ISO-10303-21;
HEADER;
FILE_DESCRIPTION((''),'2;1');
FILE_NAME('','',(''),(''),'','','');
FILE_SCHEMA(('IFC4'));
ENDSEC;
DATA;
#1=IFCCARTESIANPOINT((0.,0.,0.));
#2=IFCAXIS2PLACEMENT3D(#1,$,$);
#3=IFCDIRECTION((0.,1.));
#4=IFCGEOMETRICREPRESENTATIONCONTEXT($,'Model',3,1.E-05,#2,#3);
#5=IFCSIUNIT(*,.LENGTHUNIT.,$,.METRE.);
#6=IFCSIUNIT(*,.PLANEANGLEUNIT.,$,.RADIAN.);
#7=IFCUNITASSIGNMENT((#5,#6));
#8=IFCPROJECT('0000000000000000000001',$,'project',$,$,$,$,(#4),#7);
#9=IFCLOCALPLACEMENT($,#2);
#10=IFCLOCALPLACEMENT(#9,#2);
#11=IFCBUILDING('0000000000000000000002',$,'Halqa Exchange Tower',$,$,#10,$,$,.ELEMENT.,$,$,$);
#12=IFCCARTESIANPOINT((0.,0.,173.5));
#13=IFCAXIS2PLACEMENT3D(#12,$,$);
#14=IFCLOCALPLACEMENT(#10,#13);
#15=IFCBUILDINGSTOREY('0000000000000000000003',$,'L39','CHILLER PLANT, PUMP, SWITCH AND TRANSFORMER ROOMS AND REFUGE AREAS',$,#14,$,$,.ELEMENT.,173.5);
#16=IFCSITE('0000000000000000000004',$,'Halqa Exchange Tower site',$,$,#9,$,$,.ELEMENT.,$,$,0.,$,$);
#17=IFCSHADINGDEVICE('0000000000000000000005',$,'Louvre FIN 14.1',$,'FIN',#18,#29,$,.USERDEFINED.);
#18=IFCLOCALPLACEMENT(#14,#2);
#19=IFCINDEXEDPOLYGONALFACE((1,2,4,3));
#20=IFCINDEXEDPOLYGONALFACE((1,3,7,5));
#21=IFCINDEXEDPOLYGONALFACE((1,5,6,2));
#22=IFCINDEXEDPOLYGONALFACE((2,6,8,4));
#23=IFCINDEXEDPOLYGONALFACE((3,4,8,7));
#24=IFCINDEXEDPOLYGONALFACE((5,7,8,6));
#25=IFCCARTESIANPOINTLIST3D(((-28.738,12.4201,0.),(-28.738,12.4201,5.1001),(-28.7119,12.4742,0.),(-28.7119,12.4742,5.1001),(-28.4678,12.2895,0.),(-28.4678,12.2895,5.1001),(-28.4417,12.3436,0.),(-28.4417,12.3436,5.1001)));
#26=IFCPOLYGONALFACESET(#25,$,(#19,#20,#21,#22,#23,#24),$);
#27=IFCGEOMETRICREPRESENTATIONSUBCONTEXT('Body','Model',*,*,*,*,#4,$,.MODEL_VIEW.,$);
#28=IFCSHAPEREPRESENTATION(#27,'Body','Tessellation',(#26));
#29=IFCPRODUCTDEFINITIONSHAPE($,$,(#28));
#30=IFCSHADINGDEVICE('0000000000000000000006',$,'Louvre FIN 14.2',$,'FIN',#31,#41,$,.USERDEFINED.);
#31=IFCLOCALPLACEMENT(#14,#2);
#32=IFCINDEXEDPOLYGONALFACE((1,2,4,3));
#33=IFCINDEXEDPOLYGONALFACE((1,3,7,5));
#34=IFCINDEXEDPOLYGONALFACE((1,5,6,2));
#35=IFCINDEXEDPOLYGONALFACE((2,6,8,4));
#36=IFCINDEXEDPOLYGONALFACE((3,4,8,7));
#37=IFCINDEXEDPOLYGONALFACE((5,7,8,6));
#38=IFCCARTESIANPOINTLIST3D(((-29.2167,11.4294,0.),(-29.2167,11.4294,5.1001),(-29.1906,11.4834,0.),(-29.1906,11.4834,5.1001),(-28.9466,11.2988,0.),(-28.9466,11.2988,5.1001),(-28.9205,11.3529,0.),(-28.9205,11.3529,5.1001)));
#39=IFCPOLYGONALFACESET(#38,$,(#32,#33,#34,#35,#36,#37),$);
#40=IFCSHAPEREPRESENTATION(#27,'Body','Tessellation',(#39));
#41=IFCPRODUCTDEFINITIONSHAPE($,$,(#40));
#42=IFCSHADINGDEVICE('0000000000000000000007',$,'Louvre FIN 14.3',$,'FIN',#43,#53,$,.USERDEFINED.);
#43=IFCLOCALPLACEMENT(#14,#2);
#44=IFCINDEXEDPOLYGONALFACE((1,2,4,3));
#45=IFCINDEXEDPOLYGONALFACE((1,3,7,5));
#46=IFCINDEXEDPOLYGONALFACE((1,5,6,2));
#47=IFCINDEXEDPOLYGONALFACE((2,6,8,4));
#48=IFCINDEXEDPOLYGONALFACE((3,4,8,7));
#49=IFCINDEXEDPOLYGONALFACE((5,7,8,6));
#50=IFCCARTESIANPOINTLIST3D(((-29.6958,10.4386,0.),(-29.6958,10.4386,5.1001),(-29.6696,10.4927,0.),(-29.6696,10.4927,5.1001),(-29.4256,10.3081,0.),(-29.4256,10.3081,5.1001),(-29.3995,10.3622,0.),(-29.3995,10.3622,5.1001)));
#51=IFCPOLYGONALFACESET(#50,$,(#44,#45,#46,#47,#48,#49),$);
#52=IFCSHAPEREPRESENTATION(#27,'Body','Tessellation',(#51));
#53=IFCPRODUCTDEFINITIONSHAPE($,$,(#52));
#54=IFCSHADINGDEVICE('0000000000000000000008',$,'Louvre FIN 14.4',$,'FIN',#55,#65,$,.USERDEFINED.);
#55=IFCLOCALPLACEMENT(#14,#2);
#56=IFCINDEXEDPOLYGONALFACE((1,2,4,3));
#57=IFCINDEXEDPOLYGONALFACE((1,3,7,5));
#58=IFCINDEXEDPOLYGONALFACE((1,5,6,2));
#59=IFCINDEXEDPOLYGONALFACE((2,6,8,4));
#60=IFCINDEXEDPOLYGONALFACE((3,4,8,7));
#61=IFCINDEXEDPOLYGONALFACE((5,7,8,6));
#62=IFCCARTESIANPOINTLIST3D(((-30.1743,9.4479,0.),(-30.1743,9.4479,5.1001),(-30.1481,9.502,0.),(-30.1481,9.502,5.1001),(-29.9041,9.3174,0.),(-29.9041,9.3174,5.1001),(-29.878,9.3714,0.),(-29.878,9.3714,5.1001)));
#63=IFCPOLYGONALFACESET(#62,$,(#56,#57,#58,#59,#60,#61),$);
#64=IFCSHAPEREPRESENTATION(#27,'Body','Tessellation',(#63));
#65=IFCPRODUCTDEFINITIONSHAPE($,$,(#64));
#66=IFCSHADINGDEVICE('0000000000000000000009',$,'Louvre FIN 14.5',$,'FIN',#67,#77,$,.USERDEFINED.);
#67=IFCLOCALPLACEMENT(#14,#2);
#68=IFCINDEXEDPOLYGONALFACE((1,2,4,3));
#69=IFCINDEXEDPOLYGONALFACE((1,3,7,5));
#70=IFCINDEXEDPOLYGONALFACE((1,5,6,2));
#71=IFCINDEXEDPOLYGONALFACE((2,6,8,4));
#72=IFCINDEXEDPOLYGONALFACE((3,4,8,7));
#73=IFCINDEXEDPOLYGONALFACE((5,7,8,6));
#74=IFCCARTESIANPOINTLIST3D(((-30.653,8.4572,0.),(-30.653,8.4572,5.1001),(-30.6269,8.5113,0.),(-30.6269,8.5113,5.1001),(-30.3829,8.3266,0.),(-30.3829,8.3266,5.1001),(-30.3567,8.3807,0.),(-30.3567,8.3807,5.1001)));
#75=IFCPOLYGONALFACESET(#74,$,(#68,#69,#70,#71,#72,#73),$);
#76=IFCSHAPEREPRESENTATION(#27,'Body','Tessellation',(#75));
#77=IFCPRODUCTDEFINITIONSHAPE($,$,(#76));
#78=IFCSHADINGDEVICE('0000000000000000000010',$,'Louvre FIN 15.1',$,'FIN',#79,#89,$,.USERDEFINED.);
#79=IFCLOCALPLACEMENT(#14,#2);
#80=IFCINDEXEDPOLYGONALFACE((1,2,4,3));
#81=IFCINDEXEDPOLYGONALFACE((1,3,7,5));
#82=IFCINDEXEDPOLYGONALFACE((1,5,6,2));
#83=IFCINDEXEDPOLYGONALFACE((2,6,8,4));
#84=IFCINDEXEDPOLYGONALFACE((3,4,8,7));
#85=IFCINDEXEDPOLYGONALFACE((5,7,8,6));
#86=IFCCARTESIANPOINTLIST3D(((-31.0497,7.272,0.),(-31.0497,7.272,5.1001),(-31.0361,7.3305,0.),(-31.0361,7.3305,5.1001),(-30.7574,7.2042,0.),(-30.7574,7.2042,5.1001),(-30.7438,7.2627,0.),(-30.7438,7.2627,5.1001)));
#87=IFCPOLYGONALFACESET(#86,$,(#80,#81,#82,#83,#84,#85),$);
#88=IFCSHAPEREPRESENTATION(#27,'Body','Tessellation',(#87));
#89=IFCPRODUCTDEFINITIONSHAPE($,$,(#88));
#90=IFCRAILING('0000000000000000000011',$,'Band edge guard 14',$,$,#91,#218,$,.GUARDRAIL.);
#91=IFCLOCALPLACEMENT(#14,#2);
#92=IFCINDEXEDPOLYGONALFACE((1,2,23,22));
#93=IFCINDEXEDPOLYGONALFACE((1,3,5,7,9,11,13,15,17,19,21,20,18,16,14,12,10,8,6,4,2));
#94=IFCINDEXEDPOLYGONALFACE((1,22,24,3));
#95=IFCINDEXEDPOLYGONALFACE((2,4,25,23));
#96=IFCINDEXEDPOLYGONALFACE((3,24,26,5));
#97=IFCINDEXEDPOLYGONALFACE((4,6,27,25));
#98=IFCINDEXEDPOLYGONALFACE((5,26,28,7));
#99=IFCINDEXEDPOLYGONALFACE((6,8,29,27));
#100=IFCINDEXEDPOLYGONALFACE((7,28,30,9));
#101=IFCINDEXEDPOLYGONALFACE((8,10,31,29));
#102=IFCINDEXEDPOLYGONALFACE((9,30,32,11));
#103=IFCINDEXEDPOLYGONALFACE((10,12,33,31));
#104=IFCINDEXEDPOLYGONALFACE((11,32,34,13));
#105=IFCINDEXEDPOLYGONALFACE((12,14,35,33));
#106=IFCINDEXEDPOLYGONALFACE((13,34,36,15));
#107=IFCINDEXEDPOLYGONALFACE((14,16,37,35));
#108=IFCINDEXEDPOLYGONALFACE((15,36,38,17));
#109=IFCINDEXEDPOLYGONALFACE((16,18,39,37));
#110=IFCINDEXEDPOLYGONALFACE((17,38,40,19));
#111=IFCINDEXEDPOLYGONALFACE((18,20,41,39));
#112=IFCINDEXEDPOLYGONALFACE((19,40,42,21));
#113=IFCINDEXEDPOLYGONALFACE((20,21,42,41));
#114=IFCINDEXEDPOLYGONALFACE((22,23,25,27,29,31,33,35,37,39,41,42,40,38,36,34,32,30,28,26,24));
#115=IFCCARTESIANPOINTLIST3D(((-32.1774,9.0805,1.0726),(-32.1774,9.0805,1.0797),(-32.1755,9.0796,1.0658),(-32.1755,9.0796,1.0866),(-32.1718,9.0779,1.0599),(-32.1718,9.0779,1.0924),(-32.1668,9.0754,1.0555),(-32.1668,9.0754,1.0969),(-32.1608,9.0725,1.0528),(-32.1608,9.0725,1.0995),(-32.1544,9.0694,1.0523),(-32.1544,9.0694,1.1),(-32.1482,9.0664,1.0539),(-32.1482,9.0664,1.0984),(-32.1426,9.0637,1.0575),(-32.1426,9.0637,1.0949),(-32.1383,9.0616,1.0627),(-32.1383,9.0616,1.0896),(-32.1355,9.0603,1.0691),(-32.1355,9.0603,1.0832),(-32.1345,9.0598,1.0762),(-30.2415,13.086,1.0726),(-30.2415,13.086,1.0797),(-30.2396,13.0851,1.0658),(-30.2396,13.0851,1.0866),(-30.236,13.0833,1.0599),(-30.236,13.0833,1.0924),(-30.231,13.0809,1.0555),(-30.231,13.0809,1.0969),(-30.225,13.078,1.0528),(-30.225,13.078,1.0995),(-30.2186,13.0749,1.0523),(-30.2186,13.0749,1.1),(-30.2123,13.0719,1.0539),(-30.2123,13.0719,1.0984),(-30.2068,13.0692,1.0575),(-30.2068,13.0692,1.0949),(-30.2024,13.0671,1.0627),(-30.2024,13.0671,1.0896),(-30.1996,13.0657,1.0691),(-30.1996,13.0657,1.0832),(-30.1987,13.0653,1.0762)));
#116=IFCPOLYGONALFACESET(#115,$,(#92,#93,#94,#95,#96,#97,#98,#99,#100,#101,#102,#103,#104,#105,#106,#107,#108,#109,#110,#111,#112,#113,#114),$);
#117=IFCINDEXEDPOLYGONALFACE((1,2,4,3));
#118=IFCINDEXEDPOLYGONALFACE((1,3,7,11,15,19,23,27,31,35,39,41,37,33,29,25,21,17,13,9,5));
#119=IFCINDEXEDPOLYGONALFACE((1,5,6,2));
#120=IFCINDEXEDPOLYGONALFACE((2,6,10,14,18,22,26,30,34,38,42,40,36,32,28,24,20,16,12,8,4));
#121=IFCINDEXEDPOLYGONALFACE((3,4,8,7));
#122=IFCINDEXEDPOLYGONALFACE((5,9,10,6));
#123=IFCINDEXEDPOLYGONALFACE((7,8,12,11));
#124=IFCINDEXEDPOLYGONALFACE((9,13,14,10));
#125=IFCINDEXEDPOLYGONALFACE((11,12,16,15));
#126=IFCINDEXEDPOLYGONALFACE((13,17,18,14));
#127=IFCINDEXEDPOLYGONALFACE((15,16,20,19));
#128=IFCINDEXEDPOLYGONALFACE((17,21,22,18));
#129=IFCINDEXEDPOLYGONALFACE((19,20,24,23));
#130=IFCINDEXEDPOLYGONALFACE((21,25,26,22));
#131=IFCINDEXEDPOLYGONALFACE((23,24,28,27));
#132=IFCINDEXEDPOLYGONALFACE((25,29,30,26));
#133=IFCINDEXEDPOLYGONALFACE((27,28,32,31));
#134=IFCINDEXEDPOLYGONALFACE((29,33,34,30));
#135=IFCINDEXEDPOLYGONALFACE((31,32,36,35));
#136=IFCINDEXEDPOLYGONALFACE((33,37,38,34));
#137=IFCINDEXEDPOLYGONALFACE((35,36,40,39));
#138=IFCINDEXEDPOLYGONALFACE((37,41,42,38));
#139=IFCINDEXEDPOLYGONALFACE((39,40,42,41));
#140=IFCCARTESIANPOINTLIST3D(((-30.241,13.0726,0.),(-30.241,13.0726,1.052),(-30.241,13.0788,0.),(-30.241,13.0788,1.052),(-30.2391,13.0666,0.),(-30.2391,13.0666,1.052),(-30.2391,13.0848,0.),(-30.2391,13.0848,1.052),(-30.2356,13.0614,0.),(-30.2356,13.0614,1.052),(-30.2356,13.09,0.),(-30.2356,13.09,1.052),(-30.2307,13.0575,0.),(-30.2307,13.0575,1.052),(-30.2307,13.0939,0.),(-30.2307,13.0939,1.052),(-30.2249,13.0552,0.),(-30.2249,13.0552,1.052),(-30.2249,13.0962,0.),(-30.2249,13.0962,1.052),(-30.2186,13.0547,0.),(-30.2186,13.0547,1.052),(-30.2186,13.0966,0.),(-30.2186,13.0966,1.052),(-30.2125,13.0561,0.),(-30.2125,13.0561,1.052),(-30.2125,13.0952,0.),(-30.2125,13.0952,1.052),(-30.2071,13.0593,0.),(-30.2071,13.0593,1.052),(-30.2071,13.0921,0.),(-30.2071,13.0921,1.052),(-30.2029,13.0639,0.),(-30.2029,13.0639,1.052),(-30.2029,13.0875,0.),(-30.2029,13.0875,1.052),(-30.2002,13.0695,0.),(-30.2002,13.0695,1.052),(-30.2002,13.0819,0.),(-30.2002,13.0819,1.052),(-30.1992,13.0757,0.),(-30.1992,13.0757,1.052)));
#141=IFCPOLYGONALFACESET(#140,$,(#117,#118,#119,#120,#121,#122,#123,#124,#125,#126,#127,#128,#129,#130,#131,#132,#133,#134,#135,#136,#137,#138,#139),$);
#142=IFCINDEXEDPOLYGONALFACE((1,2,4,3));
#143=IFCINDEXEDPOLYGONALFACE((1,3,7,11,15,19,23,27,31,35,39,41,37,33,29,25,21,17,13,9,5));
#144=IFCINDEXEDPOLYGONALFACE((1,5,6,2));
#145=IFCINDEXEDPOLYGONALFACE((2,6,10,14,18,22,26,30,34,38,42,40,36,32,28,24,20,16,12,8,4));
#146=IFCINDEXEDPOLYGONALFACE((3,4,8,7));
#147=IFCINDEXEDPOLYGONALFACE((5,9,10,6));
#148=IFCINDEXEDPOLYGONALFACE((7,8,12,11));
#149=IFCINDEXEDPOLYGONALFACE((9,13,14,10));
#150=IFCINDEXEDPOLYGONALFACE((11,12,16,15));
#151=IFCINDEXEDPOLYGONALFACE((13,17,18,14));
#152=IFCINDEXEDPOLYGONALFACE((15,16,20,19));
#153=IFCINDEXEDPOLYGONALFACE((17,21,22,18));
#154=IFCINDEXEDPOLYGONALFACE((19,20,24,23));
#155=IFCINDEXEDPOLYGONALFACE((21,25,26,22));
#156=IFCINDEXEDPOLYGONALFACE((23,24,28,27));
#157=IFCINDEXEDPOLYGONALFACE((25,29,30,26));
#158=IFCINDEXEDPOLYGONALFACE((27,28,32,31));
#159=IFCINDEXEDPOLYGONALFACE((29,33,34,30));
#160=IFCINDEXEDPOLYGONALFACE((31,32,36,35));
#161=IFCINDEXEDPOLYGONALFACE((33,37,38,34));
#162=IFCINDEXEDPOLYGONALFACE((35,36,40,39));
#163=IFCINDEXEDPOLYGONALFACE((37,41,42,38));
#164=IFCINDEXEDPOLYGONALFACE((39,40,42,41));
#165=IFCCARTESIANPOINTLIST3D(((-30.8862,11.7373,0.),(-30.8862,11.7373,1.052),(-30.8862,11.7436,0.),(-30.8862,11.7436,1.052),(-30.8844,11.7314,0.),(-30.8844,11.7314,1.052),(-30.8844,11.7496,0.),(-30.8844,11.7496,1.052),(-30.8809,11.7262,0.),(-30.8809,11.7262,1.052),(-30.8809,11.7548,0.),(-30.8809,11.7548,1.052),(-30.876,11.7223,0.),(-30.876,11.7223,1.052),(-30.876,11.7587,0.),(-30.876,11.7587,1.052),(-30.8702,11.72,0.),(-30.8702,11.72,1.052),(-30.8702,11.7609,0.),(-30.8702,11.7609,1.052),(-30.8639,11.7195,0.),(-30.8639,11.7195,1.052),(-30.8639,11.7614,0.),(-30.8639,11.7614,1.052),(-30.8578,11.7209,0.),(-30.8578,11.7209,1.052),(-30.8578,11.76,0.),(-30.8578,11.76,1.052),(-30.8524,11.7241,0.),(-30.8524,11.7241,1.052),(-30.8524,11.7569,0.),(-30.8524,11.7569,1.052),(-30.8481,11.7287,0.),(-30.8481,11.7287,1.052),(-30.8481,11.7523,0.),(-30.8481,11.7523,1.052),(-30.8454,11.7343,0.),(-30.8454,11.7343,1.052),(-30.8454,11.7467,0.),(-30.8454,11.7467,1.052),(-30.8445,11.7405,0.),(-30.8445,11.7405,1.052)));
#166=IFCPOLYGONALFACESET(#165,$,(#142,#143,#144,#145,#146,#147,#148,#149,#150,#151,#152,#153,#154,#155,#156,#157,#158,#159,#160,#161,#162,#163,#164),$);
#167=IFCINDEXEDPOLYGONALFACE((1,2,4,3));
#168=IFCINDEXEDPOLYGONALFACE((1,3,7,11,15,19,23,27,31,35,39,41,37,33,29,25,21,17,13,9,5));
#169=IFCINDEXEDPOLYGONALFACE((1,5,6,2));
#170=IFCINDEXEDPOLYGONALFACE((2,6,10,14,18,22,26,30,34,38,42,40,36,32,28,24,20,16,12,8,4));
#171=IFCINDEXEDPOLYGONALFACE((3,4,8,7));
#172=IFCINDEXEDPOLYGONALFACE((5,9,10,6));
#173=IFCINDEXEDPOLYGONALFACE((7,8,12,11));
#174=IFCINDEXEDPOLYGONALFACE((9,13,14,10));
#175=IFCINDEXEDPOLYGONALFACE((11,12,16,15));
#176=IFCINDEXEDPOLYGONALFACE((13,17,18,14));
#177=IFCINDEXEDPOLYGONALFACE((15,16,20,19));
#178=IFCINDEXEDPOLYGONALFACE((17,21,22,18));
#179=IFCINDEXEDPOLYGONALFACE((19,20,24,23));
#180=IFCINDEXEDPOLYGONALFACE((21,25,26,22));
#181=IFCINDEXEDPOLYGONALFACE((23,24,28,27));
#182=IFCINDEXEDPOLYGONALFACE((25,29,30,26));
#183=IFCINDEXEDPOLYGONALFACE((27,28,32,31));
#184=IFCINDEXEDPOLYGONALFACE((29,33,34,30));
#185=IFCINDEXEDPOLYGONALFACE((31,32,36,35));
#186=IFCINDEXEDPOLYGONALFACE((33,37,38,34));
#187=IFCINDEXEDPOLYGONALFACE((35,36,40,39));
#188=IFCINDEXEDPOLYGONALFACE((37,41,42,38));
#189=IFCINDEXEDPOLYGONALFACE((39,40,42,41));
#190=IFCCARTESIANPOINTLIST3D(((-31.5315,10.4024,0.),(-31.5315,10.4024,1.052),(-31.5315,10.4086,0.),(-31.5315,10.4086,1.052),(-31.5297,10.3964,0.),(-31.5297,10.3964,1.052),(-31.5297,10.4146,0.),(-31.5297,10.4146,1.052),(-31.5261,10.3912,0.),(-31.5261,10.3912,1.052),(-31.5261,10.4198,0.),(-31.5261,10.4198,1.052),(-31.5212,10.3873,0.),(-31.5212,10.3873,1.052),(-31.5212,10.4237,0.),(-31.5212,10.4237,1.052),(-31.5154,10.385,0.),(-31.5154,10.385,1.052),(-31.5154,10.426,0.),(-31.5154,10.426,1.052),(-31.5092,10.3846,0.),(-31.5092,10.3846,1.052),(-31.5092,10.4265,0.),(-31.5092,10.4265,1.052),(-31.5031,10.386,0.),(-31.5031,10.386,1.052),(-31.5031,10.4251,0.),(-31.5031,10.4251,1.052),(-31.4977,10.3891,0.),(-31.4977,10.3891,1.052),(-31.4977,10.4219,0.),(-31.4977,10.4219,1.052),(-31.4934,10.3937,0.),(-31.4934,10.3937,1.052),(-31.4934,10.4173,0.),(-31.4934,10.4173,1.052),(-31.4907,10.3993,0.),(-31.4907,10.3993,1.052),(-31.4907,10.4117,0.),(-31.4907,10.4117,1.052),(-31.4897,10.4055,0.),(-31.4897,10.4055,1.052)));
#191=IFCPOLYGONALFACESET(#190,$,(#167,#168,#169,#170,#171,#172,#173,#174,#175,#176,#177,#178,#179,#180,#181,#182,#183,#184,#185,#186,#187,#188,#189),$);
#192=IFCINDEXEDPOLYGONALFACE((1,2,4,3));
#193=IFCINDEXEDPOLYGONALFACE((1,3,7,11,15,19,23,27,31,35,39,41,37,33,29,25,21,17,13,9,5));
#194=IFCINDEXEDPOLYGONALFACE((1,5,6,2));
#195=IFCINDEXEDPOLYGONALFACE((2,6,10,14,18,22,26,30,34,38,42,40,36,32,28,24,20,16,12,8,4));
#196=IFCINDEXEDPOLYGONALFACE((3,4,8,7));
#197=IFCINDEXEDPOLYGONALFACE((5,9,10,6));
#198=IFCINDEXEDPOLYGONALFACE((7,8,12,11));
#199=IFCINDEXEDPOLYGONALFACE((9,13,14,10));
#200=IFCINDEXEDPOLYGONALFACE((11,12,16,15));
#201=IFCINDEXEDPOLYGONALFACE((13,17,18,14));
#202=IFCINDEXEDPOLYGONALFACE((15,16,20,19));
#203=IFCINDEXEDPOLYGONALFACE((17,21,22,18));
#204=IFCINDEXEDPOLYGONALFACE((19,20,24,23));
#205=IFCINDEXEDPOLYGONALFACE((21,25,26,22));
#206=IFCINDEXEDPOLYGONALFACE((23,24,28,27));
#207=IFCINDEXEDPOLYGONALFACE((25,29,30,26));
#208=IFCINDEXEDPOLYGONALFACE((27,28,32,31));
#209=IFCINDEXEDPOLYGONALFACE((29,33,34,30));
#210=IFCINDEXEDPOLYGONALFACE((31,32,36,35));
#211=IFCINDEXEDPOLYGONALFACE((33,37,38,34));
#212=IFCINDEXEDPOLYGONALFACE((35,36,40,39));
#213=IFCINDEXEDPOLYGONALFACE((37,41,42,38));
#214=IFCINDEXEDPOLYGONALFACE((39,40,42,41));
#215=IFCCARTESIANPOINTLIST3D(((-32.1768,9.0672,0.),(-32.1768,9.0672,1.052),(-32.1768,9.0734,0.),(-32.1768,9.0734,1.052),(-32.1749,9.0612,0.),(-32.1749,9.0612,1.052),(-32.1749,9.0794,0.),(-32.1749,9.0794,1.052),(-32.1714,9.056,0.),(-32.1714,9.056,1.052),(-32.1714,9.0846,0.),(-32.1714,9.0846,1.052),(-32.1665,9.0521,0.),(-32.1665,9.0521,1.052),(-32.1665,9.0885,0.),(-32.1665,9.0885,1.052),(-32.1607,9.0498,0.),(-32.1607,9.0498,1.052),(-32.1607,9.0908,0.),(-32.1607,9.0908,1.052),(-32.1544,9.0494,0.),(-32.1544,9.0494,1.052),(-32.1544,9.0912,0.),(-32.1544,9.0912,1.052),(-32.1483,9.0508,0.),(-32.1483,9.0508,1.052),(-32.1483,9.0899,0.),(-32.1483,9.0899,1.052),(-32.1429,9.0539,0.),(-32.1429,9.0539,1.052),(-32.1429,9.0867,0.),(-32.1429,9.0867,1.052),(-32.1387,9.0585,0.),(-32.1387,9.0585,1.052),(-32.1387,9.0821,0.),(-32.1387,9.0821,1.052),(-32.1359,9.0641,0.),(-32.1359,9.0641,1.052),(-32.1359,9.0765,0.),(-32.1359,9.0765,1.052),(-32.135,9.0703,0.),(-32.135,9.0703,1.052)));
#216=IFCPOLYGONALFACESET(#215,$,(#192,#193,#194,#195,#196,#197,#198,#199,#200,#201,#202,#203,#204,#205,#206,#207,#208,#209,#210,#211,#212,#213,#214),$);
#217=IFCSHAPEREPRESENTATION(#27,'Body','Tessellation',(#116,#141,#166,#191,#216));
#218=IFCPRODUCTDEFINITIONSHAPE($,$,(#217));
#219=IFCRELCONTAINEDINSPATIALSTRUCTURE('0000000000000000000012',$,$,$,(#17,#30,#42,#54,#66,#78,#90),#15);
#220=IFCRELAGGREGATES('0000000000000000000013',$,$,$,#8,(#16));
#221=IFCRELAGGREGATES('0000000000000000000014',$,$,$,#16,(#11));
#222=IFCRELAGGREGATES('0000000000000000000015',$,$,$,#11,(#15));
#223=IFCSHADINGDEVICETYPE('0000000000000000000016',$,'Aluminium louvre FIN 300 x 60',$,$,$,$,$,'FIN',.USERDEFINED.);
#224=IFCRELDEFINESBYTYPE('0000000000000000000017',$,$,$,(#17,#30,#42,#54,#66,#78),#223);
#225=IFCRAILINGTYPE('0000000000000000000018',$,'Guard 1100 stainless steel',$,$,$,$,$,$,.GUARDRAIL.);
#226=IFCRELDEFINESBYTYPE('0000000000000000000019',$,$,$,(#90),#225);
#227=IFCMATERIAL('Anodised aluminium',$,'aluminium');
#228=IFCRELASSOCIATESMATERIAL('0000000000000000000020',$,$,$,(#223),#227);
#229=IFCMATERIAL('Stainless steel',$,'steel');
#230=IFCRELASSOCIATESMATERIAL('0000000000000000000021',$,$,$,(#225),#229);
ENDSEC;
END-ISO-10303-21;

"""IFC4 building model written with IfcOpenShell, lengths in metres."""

from ifc_helpers import new_model, si_unit, direction, frame, origin, origin_2d, place, context, subcontext, project, spatial, rectangle, circle, extrude, material, material_profile, profile_set, type_object, element, save


model = new_model("IFC4")

# Units and contexts
model_context = context("Model", 3, precision=1e-05, world=origin(), true_north=direction((0.0, 1.0)))
body_context = subcontext(model_context, "Body", "Model", "MODEL_VIEW")
ifc_project = project(units=[si_unit("LENGTHUNIT", "METRE"), si_unit("PLANEANGLEUNIT", "RADIAN")], contexts=[model_context])

# Site, building, storey
site_placement = place(None, origin())
site = spatial("IfcSite", under=ifc_project, at=site_placement, Name="Halqa Exchange Tower site", CompositionType="ELEMENT", RefElevation=0.0)
building_placement = place(site_placement, origin())
building = spatial("IfcBuilding", under=site, at=building_placement, Name="Halqa Exchange Tower", CompositionType="ELEMENT")
storey_placement = place(building_placement, frame((0.0, 0.0, 173.5)))
storey = spatial("IfcBuildingStorey", under=building, at=storey_placement, Name="L39", Description="CHILLER PLANT, PUMP, SWITCH AND TRANSFORMER ROOMS AND REFUGE AREAS", CompositionType="ELEMENT", Elevation=173.5)

# Shading devices
ifc_material_1 = material(Name="Anodised aluminium", Category="aluminium")
ifc_material_profile_1 = material_profile(ifc_material_1, rectangle(XDim=0.3, YDim=0.0601, at=origin_2d()), Name="AL FIN 300x60")
ifc_profile_set_1 = profile_set([ifc_material_profile_1], Name="Anodised aluminium")
shading_device_type = type_object("IfcShadingDeviceType", Name="Aluminium louvre FIN 300 x 60", ElementType="FIN", PredefinedType="USERDEFINED", material=ifc_profile_set_1)
for number, where, z_axis, x_axis, name in (
    (1, (-28.5898, 12.3818, 0.0), (0.0, 0.0, 1.0), (0.900378, -0.435109, 0.0), "Louvre FIN 14.1"),
    (2, (-29.0686, 11.3911, 0.0), (0.0, 0.0, 1.0), (0.900378, -0.435109, 0.0), "Louvre FIN 14.2"),
    (3, (-29.5476, 10.4004, 0.0), (0.0, 0.0, 1.0), (0.900378, -0.435109, 0.0), "Louvre FIN 14.3"),
    (4, (-30.0261, 9.4097, 0.0), (0.0, 0.0, 1.0), (0.900378, -0.435109, 0.0), "Louvre FIN 14.4"),
    (5, (-30.5049, 8.4189, 0.0), (0.0, 0.0, 1.0), (0.900378, -0.435109, 0.0), "Louvre FIN 14.5"),
    (6, (-30.8967, 7.2673, 0.0), (0.0, 0.0, 1.0), (0.974112, -0.226066, 0.0), "Louvre FIN 15.1"),
):
    element("IfcShadingDevice", number, at=place(storey_placement, frame(where, z_axis=z_axis, x_axis=x_axis)), inside=storey, type_object=shading_device_type, Name=name, ObjectType="FIN", PredefinedType="USERDEFINED", context=body_context, shape_type="SweptSolid", body=[
        extrude(rectangle(XDim=0.3, YDim=0.0601, at=origin_2d()), origin(), (0.0, 0.0, 1.0), 5.1001),
    ])

# Railing
ifc_material_2 = material(Name="Stainless steel", Category="steel")
railing_type = type_object("IfcRailingType", Name="Guard 1100 stainless steel", PredefinedType="GUARDRAIL", material=ifc_material_2)
railing_placement = place(storey_placement, frame((-30.2202, 13.0757, 0.0)))
element("IfcRailing", 7, at=railing_placement, inside=storey, type_object=railing_type, Name="Band edge guard 14", PredefinedType="GUARDRAIL", context=body_context, shape_type="SweptSolid", body=[
    extrude(circle(Radius=0.0239, at=origin_2d()), frame((0.0, 0.0, 1.0762), z_axis=(-0.435143, -0.900361, 0.0), x_axis=(0.900361, -0.435143, 0.0)), (0.0, 0.0, 1.0), 4.4487),
    extrude(circle(Radius=0.021, at=origin_2d()), origin(), (0.0, 0.0, 1.0), 1.052),
    extrude(circle(Radius=0.021, at=origin_2d()), frame((-0.6453, -1.3352, 0.0)), (0.0, 0.0, 1.0), 1.052),
    extrude(circle(Radius=0.021, at=origin_2d()), frame((-1.2905, -2.6702, 0.0)), (0.0, 0.0, 1.0), 1.052),
    extrude(circle(Radius=0.021, at=origin_2d()), frame((-1.9358, -4.0054, 0.0)), (0.0, 0.0, 1.0), 1.052),
])

save(model, "model.ifc")
